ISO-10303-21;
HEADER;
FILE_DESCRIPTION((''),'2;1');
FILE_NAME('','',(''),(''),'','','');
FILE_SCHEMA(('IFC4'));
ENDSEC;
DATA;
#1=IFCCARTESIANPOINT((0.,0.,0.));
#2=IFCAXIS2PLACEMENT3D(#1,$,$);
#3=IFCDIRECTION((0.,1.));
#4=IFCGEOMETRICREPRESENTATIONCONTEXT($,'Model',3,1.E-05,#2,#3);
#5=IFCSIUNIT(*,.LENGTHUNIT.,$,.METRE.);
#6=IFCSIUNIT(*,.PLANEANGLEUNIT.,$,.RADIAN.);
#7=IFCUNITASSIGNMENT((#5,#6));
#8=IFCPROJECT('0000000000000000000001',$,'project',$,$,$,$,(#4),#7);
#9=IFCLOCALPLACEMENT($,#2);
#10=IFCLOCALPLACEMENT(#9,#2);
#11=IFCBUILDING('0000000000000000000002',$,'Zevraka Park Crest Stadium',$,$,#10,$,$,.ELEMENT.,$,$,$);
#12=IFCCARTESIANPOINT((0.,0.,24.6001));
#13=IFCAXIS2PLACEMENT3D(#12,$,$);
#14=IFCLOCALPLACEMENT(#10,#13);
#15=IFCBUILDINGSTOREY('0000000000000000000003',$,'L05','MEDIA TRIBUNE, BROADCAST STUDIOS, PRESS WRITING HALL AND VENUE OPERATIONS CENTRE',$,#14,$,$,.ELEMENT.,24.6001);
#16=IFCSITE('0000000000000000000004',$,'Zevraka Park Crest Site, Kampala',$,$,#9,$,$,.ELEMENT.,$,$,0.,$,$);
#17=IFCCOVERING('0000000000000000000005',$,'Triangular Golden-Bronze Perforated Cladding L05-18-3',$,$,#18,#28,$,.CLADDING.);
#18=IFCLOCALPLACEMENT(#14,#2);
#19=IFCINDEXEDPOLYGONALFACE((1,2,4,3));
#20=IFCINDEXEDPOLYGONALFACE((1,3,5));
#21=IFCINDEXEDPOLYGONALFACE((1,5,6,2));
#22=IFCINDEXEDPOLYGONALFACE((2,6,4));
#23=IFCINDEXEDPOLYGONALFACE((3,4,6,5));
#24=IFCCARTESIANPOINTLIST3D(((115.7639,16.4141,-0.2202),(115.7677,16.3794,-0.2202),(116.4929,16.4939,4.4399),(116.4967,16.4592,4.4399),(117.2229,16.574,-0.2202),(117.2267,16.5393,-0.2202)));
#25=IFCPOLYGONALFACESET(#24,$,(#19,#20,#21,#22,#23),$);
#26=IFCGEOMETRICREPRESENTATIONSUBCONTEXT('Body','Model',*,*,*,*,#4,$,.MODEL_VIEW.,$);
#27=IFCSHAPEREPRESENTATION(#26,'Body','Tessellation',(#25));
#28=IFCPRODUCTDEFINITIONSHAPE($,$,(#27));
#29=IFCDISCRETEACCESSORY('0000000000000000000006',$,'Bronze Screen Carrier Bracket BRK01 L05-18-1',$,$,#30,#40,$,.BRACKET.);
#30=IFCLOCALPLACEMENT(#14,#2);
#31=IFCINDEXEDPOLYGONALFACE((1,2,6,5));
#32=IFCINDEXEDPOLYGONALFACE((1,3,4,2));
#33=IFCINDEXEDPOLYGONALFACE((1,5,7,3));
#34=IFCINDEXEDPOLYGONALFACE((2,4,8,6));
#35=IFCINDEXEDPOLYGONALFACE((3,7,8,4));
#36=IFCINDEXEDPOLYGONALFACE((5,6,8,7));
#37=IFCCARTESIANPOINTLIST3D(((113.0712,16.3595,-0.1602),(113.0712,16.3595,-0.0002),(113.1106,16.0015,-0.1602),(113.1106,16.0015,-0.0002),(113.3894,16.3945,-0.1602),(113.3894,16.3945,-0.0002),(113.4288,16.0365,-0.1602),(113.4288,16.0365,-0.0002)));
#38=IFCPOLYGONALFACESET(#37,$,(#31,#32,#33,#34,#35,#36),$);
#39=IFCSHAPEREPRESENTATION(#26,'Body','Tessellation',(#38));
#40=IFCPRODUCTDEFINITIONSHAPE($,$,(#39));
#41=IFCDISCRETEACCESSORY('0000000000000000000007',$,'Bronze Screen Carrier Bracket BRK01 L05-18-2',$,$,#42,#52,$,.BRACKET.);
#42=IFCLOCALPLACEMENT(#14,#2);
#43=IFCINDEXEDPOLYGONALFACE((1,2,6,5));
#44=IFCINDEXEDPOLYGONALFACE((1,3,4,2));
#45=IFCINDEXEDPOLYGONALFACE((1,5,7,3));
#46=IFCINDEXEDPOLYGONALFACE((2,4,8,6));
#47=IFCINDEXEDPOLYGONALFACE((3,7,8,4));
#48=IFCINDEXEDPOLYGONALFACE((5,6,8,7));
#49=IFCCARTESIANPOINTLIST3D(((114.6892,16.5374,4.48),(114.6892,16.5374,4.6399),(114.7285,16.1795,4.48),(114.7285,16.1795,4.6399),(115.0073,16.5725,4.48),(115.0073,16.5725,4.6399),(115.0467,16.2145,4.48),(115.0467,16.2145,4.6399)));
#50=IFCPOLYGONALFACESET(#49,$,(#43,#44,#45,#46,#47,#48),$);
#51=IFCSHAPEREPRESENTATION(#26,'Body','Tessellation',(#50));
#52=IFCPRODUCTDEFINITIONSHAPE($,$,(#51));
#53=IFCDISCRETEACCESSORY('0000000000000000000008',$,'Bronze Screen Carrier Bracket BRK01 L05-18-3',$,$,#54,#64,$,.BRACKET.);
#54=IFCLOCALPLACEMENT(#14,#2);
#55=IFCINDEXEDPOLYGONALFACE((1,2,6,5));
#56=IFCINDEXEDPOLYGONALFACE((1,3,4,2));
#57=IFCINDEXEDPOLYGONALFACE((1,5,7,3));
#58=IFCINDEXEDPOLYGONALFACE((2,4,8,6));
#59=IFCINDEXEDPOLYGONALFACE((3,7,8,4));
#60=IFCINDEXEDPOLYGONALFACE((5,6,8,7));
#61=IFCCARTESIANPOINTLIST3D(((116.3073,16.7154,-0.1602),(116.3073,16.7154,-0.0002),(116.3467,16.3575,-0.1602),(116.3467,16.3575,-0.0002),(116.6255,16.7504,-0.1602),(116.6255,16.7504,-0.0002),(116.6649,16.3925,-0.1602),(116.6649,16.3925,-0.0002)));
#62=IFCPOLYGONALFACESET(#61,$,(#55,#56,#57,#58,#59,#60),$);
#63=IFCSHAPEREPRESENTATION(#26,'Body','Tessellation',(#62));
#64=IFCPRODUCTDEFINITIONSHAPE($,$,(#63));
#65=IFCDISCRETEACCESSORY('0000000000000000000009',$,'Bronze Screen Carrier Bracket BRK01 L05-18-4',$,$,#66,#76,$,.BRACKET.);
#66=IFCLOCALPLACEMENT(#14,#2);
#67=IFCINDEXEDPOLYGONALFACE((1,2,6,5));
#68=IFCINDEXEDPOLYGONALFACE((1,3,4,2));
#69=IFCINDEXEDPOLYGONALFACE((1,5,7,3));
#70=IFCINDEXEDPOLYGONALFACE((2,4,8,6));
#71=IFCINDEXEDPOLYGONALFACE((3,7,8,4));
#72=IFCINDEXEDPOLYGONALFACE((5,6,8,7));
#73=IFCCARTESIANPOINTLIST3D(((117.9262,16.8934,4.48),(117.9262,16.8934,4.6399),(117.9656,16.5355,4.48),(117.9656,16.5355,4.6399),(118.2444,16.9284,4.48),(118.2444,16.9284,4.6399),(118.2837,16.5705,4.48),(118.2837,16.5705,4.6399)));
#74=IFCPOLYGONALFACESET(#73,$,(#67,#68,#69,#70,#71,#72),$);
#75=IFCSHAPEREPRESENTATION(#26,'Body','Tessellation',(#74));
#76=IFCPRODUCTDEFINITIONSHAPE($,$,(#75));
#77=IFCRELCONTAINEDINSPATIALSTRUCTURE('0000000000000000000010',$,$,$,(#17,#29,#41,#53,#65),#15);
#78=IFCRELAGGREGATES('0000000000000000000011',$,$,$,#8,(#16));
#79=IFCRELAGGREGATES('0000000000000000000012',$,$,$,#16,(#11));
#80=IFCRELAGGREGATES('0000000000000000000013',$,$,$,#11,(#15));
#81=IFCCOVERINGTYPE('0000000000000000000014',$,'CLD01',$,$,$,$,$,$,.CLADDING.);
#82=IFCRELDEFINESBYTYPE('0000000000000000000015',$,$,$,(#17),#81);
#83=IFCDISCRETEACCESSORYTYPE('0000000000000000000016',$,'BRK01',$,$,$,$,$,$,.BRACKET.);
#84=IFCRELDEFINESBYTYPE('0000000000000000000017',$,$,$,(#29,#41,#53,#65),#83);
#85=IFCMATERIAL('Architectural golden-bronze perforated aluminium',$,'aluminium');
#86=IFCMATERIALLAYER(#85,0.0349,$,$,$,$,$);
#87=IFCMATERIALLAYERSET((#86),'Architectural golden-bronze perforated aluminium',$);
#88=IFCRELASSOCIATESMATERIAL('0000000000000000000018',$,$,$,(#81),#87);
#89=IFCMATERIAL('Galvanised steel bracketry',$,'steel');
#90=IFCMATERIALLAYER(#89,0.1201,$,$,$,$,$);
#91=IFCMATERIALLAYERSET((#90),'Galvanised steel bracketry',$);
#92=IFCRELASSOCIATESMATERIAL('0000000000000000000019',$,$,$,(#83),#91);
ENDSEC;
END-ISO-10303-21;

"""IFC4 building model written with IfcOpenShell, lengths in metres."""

from ifc_helpers import new_model, si_unit, direction, frame, origin, origin_2d, place, context, subcontext, project, spatial, polyline, rectangle, outline, extrude, material, layer, layer_set, type_object, element, save


model = new_model("IFC4")

# Units and contexts
model_context = context("Model", 3, precision=1e-05, world=origin(), true_north=direction((0.0, 1.0)))
body_context = subcontext(model_context, "Body", "Model", "MODEL_VIEW")
ifc_project = project(units=[si_unit("LENGTHUNIT", "METRE"), si_unit("PLANEANGLEUNIT", "RADIAN")], contexts=[model_context])

# Site, building, storey
site_placement = place(None, origin())
site = spatial("IfcSite", under=ifc_project, at=site_placement, Name="Zevraka Park Crest Site, Kampala", CompositionType="ELEMENT", RefElevation=0.0)
building_placement = place(site_placement, origin())
building = spatial("IfcBuilding", under=site, at=building_placement, Name="Zevraka Park Crest Stadium", CompositionType="ELEMENT")
storey_placement = place(building_placement, frame((0.0, 0.0, 24.6001)))
storey = spatial("IfcBuildingStorey", under=building, at=storey_placement, Name="L05", Description="MEDIA TRIBUNE, BROADCAST STUDIOS, PRESS WRITING HALL AND VENUE OPERATIONS CENTRE", CompositionType="ELEMENT", Elevation=24.6001)

# Covering
ifc_material_1 = material(Name="Architectural golden-bronze perforated aluminium", Category="aluminium")
ifc_layer_1 = layer(ifc_material_1, 0.0349)
ifc_layer_set_1 = layer_set([ifc_layer_1], Name="Architectural golden-bronze perforated aluminium")
covering_type = type_object("IfcCoveringType", Name="CLD01", PredefinedType="CLADDING", material=ifc_layer_set_1)
covering_1_placement = place(storey_placement, frame((115.7639, 16.4141, -0.2202), z_axis=(-0.108953, 0.994047, 0.000015), x_axis=(0.994047, 0.108953, 0.0)))
element("IfcCovering", 1, at=covering_1_placement, inside=storey, type_object=covering_type, Name="Triangular Golden-Bronze Perforated Cladding L05-18-3", PredefinedType="CLADDING", context=body_context, shape_type="SweptSolid", body=[
    extrude(outline(polyline([(0.0, 0.0), (1.4677, 0.0), (0.7334, -4.6602), (0.0, 0.0)])), origin(), (0.0, 0.0, -1.0), 0.0349),
])

# Discrete accessories
ifc_material_2 = material(Name="Galvanised steel bracketry", Category="steel")
ifc_layer_2 = layer(ifc_material_2, 0.1201)
ifc_layer_set_2 = layer_set([ifc_layer_2], Name="Galvanised steel bracketry")
discrete_accessory_type = type_object("IfcDiscreteAccessoryType", Name="BRK01", PredefinedType="BRACKET", material=ifc_layer_set_2)
for number, where, z_axis, x_axis, name in (
    (2, (113.25, 16.198, -0.1602), (0.0, 0.0, 1.0), (0.993999, 0.109387, 0.0), "Bronze Screen Carrier Bracket BRK01 L05-18-1"),
    (3, (114.8679, 16.376, 4.48), (0.0, 0.0, 1.0), (0.993999, 0.109387, 0.0), "Bronze Screen Carrier Bracket BRK01 L05-18-2"),
    (4, (116.4861, 16.554, -0.1602), (0.0, 0.0, 1.0), (0.993999, 0.109387, 0.0), "Bronze Screen Carrier Bracket BRK01 L05-18-3"),
    (5, (118.105, 16.7319, 4.48), (0.0, 0.0, 1.0), (0.993999, 0.109387, 0.0), "Bronze Screen Carrier Bracket BRK01 L05-18-4"),
):
    element("IfcDiscreteAccessory", number, at=place(storey_placement, frame(where, z_axis=z_axis, x_axis=x_axis)), inside=storey, type_object=discrete_accessory_type, Name=name, PredefinedType="BRACKET", context=body_context, shape_type="SweptSolid", body=[
        extrude(rectangle(XDim=0.3201, YDim=0.3601, at=origin_2d()), origin(), (0.0, 0.0, 1.0), 0.1599),
    ])

save(model, "model.ifc")
